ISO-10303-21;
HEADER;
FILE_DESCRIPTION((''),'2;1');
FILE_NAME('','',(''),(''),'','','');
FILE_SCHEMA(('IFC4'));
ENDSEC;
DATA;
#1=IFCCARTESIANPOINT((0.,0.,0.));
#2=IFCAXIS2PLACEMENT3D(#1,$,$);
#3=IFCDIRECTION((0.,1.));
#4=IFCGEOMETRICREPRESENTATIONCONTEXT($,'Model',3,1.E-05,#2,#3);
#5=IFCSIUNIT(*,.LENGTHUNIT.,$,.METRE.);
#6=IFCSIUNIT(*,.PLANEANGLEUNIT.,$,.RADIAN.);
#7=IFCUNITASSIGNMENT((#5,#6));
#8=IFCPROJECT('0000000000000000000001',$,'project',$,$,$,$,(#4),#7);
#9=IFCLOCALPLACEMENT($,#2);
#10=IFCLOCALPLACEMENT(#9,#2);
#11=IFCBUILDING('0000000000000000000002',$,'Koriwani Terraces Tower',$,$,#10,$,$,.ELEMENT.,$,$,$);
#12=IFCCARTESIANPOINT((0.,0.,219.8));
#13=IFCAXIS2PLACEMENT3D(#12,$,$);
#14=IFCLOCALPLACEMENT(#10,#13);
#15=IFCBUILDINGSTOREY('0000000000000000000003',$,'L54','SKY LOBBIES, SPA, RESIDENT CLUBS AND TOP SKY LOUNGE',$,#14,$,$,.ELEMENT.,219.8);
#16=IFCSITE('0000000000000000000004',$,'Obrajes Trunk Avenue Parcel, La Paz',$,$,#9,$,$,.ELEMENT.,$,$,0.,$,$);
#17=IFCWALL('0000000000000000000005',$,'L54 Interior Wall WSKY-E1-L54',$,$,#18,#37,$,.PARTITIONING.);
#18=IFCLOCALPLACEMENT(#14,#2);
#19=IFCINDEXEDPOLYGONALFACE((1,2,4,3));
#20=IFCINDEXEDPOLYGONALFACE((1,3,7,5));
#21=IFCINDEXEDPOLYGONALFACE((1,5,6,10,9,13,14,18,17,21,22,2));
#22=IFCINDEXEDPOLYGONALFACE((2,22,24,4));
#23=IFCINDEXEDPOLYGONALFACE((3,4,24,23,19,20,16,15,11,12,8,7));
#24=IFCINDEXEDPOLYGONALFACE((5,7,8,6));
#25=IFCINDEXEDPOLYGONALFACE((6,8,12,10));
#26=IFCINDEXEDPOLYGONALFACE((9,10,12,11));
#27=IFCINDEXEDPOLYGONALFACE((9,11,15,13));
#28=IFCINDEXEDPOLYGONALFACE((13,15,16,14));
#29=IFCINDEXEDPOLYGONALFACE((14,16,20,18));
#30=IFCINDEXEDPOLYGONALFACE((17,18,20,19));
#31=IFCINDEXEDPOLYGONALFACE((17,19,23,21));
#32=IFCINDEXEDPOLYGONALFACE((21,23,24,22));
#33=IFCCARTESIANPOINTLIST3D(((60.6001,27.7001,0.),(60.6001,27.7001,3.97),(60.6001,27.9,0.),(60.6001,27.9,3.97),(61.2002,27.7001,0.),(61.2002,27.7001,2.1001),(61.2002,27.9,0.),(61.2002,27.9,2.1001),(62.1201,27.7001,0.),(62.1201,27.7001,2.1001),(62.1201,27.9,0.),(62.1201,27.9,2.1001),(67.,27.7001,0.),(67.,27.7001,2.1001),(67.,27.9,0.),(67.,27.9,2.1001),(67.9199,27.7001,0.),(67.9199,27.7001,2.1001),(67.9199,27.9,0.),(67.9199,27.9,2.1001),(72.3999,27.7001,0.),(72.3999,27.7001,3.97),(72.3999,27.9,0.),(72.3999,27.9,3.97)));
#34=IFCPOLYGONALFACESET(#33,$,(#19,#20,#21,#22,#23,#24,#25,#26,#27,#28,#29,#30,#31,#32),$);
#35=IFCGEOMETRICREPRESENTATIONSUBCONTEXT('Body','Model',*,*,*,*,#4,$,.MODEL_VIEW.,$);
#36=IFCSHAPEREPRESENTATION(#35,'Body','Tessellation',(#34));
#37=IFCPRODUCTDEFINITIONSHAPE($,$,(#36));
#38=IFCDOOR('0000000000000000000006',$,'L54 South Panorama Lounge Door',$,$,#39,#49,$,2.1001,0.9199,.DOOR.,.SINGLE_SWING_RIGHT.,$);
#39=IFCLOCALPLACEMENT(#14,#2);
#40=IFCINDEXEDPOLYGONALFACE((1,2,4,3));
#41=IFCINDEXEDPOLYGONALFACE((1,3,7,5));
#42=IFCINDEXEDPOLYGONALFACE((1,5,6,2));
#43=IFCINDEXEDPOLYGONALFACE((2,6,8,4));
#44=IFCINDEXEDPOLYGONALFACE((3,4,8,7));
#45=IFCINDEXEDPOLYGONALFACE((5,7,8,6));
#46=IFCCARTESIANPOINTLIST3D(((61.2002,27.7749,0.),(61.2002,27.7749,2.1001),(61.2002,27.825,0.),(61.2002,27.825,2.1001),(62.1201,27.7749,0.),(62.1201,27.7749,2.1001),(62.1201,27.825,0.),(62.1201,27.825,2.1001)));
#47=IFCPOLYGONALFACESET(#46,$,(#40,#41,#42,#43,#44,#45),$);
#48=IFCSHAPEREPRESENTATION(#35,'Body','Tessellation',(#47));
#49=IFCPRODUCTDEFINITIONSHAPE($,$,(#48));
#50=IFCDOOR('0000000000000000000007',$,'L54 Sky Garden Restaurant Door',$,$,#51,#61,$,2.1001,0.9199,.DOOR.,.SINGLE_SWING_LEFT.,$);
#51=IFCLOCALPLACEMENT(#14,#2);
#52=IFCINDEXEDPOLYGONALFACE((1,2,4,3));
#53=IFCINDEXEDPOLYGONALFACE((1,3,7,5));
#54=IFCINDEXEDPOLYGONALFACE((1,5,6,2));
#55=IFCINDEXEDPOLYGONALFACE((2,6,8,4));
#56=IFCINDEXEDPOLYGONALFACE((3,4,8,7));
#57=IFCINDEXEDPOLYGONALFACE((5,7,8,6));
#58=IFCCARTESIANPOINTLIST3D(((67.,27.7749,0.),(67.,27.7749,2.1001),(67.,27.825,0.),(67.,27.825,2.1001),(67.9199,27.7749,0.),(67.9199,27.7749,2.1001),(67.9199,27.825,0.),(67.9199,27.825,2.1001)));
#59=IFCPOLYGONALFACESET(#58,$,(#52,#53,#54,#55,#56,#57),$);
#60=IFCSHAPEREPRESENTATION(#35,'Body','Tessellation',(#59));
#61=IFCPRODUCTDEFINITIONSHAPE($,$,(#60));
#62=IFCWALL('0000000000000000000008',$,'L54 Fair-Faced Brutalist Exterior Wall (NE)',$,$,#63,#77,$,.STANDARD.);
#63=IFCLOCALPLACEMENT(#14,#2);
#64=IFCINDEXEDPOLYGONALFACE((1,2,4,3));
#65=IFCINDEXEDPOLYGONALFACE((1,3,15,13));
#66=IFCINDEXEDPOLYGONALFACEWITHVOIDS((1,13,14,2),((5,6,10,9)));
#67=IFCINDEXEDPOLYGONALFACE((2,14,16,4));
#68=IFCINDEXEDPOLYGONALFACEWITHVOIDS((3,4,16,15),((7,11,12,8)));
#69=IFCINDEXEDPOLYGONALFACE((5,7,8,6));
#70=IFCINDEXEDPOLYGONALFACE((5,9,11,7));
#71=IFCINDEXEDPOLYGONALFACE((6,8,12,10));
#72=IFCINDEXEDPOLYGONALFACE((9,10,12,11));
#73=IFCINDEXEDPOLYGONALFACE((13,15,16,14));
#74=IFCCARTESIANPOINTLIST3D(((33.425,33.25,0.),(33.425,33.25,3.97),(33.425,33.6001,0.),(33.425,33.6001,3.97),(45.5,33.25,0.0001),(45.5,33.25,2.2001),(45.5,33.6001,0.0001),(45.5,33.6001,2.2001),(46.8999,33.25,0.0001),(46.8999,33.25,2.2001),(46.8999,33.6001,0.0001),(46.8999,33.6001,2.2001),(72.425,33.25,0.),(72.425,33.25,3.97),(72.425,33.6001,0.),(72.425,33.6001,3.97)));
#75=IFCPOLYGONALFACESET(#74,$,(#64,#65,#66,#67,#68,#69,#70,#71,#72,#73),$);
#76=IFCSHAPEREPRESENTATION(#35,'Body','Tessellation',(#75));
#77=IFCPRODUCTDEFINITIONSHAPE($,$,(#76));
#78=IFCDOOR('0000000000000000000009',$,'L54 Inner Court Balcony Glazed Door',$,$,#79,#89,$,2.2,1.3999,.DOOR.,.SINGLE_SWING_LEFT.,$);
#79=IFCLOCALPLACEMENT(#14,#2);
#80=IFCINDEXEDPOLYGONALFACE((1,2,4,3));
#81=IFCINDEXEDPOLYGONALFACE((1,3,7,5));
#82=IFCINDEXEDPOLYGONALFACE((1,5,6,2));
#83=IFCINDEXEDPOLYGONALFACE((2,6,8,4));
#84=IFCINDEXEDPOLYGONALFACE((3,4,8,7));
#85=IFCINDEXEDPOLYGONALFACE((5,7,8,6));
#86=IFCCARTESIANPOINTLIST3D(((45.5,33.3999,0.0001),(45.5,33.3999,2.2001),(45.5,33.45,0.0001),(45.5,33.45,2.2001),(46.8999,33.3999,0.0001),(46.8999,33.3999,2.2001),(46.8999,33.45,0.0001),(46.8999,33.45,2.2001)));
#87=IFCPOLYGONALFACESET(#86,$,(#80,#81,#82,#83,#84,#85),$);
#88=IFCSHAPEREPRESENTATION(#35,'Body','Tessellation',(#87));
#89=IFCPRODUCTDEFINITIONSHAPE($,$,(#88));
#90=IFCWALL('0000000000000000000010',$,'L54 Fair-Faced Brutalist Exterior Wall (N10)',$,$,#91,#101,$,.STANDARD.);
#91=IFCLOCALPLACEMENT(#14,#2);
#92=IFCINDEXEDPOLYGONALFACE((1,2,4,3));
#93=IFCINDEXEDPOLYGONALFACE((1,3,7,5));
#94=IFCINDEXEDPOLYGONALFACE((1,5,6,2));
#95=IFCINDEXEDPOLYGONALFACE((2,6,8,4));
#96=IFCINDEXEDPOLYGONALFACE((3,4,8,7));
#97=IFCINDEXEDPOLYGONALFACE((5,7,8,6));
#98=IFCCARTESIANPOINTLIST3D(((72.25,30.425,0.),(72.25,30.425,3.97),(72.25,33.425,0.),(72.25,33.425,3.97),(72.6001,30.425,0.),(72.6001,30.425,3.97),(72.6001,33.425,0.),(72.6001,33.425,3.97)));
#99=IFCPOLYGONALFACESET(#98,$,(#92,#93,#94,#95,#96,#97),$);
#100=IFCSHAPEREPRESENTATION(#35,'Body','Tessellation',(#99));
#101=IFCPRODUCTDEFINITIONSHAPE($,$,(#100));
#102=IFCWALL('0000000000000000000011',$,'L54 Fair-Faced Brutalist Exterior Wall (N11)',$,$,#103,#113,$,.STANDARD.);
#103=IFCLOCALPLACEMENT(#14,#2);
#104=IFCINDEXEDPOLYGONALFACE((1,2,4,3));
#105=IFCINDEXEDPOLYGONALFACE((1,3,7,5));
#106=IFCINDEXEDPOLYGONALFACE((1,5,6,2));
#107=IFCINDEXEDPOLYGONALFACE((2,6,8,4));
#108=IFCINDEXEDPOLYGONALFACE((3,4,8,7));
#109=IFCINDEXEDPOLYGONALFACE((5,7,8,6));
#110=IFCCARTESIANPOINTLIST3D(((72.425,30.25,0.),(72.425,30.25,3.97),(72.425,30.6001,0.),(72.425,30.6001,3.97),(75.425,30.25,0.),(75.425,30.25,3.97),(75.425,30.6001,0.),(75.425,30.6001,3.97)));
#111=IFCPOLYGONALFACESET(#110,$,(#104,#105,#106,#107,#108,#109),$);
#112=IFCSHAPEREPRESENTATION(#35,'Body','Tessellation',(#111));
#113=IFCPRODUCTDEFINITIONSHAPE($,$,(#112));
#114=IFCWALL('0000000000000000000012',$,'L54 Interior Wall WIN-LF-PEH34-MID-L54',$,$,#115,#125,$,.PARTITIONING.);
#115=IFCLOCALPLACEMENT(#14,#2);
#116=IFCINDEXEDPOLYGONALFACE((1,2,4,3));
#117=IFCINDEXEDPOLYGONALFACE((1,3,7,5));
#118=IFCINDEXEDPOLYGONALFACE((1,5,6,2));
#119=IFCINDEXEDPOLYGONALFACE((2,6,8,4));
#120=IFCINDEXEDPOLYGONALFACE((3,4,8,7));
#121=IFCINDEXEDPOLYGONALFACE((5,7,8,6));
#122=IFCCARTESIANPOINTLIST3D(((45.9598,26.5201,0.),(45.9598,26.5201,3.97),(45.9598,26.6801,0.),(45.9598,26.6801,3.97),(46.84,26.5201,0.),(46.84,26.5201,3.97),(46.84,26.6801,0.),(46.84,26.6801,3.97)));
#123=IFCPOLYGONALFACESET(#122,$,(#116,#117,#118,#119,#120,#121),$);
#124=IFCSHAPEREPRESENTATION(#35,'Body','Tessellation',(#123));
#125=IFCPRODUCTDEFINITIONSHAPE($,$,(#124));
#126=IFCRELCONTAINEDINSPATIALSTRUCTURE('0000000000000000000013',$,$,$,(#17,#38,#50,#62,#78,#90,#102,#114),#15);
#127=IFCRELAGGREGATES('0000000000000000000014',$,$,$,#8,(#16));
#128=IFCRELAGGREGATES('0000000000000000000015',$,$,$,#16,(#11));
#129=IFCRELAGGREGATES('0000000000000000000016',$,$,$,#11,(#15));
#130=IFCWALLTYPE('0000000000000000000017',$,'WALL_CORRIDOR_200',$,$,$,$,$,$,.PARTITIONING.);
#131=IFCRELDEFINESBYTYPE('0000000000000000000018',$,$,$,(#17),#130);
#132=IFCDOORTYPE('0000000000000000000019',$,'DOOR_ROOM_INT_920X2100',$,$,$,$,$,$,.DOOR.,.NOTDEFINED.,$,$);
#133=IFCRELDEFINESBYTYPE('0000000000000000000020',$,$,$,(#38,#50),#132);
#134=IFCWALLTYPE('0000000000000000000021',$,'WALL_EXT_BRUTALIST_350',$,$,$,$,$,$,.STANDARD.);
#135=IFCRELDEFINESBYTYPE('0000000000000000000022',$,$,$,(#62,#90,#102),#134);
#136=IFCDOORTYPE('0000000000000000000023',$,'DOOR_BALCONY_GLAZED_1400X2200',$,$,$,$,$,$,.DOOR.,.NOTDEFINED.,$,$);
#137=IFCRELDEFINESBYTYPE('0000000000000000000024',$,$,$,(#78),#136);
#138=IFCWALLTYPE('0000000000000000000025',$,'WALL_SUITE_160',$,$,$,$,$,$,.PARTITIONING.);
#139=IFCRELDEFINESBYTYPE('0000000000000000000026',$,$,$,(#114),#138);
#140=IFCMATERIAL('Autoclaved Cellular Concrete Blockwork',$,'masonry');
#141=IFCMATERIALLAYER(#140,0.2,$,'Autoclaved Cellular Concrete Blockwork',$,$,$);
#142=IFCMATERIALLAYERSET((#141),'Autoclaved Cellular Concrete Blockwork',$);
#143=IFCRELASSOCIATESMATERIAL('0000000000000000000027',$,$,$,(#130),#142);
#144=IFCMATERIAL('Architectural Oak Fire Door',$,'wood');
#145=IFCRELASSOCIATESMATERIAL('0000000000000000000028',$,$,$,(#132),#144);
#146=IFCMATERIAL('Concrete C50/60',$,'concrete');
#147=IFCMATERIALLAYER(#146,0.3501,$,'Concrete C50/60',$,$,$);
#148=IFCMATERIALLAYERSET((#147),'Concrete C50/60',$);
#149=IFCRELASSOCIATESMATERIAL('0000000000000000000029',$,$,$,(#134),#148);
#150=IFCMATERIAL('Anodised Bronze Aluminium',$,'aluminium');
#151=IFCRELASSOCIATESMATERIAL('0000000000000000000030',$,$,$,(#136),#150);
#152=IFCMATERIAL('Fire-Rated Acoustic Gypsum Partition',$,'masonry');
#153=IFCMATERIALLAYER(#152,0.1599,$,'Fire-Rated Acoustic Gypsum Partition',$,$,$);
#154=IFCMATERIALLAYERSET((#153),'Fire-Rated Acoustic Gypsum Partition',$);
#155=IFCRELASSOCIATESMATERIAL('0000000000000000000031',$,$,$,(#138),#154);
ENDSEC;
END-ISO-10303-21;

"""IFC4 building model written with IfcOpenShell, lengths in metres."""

from ifc_helpers import new_model, si_unit, direction, frame, frame_2d, origin, place, context, subcontext, project, spatial, rectangle, extrude, material, layer, layer_set, type_object, element, fill, save


model = new_model("IFC4")

# Units and contexts
model_context = context("Model", 3, precision=1e-05, world=origin(), true_north=direction((0.0, 1.0)))
body_context = subcontext(model_context, "Body", "Model", "MODEL_VIEW")
ifc_project = project(units=[si_unit("LENGTHUNIT", "METRE"), si_unit("PLANEANGLEUNIT", "RADIAN")], contexts=[model_context])

# Site, building, storey
site_placement = place(None, origin())
site = spatial("IfcSite", under=ifc_project, at=site_placement, Name="Obrajes Trunk Avenue Parcel, La Paz", CompositionType="ELEMENT", RefElevation=0.0)
building_placement = place(site_placement, origin())
building = spatial("IfcBuilding", under=site, at=building_placement, Name="Koriwani Terraces Tower", CompositionType="ELEMENT")
storey_placement = place(building_placement, frame((0.0, 0.0, 219.8)))
storey = spatial("IfcBuildingStorey", under=building, at=storey_placement, Name="L54", Description="SKY LOBBIES, SPA, RESIDENT CLUBS AND TOP SKY LOUNGE", CompositionType="ELEMENT", Elevation=219.8)

# Shared definitions
ifc_material_1 = material(Name="Concrete C50/60", Category="concrete")

# Shared definitions
ifc_material_2 = material(Name="Anodised Bronze Aluminium", Category="aluminium")

# Wall, openings, doors
ifc_material_3 = material(Name="Autoclaved Cellular Concrete Blockwork", Category="masonry")
ifc_layer_1 = layer(ifc_material_3, 0.2, Name="Autoclaved Cellular Concrete Blockwork")
ifc_layer_set_1 = layer_set([ifc_layer_1], Name="Autoclaved Cellular Concrete Blockwork")
wall_type_1 = type_object("IfcWallType", Name="WALL_CORRIDOR_200", PredefinedType="PARTITIONING", material=ifc_layer_set_1)
wall_1_placement = place(storey_placement, frame((60.6001, 27.8, 0.0), z_axis=(0.0, 0.0, 1.0), x_axis=(1.0, 0.0, 0.0)))
wall_1 = element("IfcWall", 1, at=wall_1_placement, inside=storey, type_object=wall_type_1, Name="L54 Interior Wall WSKY-E1-L54", PredefinedType="PARTITIONING", context=body_context, shape_type="SweptSolid", body=[
    extrude(rectangle(XDim=11.7998, YDim=0.2, at=frame_2d((5.8999, 0.0))), origin(), (0.0, 0.0, 1.0), 3.97),
])
opening_1_placement = place(wall_1_placement, frame((0.6001, 0.0, 0.0)))
opening_1 = element("IfcOpeningElement", 2, at=opening_1_placement, cuts=wall_1, PredefinedType="OPENING", context=body_context, shape_type="SweptSolid", body=[
    extrude(rectangle(XDim=0.9199, YDim=2.1001, at=frame_2d((0.46, 1.05))), frame((0.0, 0.1099, 0.0), z_axis=(0.0, -1.0, 0.0), x_axis=(1.0, 0.0, 0.0)), (0.0, 0.0, 1.0), 0.22),
])
opening_2_placement = place(wall_1_placement, frame((6.3999, 0.0, 0.0)))
opening_2 = element("IfcOpeningElement", 3, at=opening_2_placement, cuts=wall_1, PredefinedType="OPENING", context=body_context, shape_type="SweptSolid", body=[
    extrude(rectangle(XDim=0.9199, YDim=2.1001, at=frame_2d((0.46, 1.05))), frame((0.0, 0.1099, 0.0), z_axis=(0.0, -1.0, 0.0), x_axis=(1.0, 0.0, 0.0)), (0.0, 0.0, 1.0), 0.22),
])
ifc_material_4 = material(Name="Architectural Oak Fire Door", Category="wood")
door_type_1 = type_object("IfcDoorType", Name="DOOR_ROOM_INT_920X2100", OperationType="NOTDEFINED", PredefinedType="DOOR", material=ifc_material_4)
door_1_placement = place(opening_1_placement, origin())
door_1 = element("IfcDoor", 4, at=door_1_placement, inside=storey, type_object=door_type_1, Name="L54 South Panorama Lounge Door", OperationType="SINGLE_SWING_RIGHT", OverallHeight=2.1001, OverallWidth=0.9199, PredefinedType="DOOR", context=body_context, shape_type="SweptSolid", body=[
    extrude(rectangle(XDim=0.9199, YDim=2.1001, at=frame_2d((0.46, 1.05))), frame((0.0, 0.0249, 0.0), z_axis=(0.0, -1.0, 0.0), x_axis=(1.0, 0.0, 0.0)), (0.0, 0.0, 1.0), 0.05),
])
fill(opening_1, door_1)
door_2_placement = place(opening_2_placement, origin())
door_2 = element("IfcDoor", 5, at=door_2_placement, inside=storey, type_object=door_type_1, Name="L54 Sky Garden Restaurant Door", OperationType="SINGLE_SWING_LEFT", OverallHeight=2.1001, OverallWidth=0.9199, PredefinedType="DOOR", context=body_context, shape_type="SweptSolid", body=[
    extrude(rectangle(XDim=0.9199, YDim=2.1001, at=frame_2d((0.46, 1.05))), frame((0.0, 0.0249, 0.0), z_axis=(0.0, -1.0, 0.0), x_axis=(1.0, 0.0, 0.0)), (0.0, 0.0, 1.0), 0.05),
])
fill(opening_2, door_2)

# Wall, opening, door
ifc_layer_2 = layer(ifc_material_1, 0.3501, Name="Concrete C50/60")
ifc_layer_set_2 = layer_set([ifc_layer_2], Name="Concrete C50/60")
wall_type_2 = type_object("IfcWallType", Name="WALL_EXT_BRUTALIST_350", PredefinedType="STANDARD", material=ifc_layer_set_2)
wall_2_placement = place(storey_placement, frame((33.425, 33.425, 0.0), z_axis=(0.0, 0.0, 1.0), x_axis=(1.0, 0.0, 0.0)))
wall_2 = element("IfcWall", 6, at=wall_2_placement, inside=storey, type_object=wall_type_2, Name="L54 Fair-Faced Brutalist Exterior Wall (NE)", PredefinedType="STANDARD", context=body_context, shape_type="SweptSolid", body=[
    extrude(rectangle(XDim=39.0, YDim=0.3501, at=frame_2d((19.5, 0.0))), origin(), (0.0, 0.0, 1.0), 3.97),
])
opening_3_placement = place(wall_2_placement, frame((12.075, 0.0, 0.0)))
opening_3 = element("IfcOpeningElement", 7, at=opening_3_placement, cuts=wall_2, PredefinedType="OPENING", context=body_context, shape_type="SweptSolid", body=[
    extrude(rectangle(XDim=1.3999, YDim=2.2, at=frame_2d((0.7, 1.1001))), frame((0.0, 0.1851, 0.0), z_axis=(0.0, -1.0, 0.0), x_axis=(1.0, 0.0, 0.0)), (0.0, 0.0, 1.0), 0.3701),
])
door_type_2 = type_object("IfcDoorType", Name="DOOR_BALCONY_GLAZED_1400X2200", OperationType="NOTDEFINED", PredefinedType="DOOR", material=ifc_material_2)
door_3_placement = place(opening_3_placement, origin())
door_3 = element("IfcDoor", 8, at=door_3_placement, inside=storey, type_object=door_type_2, Name="L54 Inner Court Balcony Glazed Door", OperationType="SINGLE_SWING_LEFT", OverallHeight=2.2, OverallWidth=1.3999, PredefinedType="DOOR", context=body_context, shape_type="SweptSolid", body=[
    extrude(rectangle(XDim=1.3999, YDim=2.2, at=frame_2d((0.7, 1.1001))), frame((0.0, 0.0249, 0.0), z_axis=(0.0, -1.0, 0.0), x_axis=(1.0, 0.0, 0.0)), (0.0, 0.0, 1.0), 0.05),
])
fill(opening_3, door_3)

# Walls
for number, where, z_axis, x_axis, name in (
    (9, (72.425, 33.425, 0.0), (0.0, 0.0, 1.0), (0.0, -1.0, 0.0), "L54 Fair-Faced Brutalist Exterior Wall (N10)"),
    (10, (72.425, 30.425, 0.0), (0.0, 0.0, 1.0), (1.0, 0.0, 0.0), "L54 Fair-Faced Brutalist Exterior Wall (N11)"),
):
    element("IfcWall", number, at=place(storey_placement, frame(where, z_axis=z_axis, x_axis=x_axis)), inside=storey, type_object=wall_type_2, Name=name, PredefinedType="STANDARD", context=body_context, shape_type="SweptSolid", body=[
        extrude(rectangle(XDim=3.0, YDim=0.3501, at=frame_2d((1.5, 0.0))), origin(), (0.0, 0.0, 1.0), 3.97),
    ])

# Wall
ifc_material_5 = material(Name="Fire-Rated Acoustic Gypsum Partition", Category="masonry")
ifc_layer_3 = layer(ifc_material_5, 0.1599, Name="Fire-Rated Acoustic Gypsum Partition")
ifc_layer_set_3 = layer_set([ifc_layer_3], Name="Fire-Rated Acoustic Gypsum Partition")
wall_type_3 = type_object("IfcWallType", Name="WALL_SUITE_160", PredefinedType="PARTITIONING", material=ifc_layer_set_3)
wall_3_placement = place(storey_placement, frame((45.96, 26.6001, 0.0), z_axis=(0.0, 0.0, 1.0), x_axis=(1.0, 0.0, 0.0)))
element("IfcWall", 11, at=wall_3_placement, inside=storey, type_object=wall_type_3, Name="L54 Interior Wall WIN-LF-PEH34-MID-L54", PredefinedType="PARTITIONING", context=body_context, shape_type="SweptSolid", body=[
    extrude(rectangle(XDim=0.8801, YDim=0.1599, at=frame_2d((0.4399, 0.0))), origin(), (0.0, 0.0, 1.0), 3.97),
])

save(model, "model.ifc")
